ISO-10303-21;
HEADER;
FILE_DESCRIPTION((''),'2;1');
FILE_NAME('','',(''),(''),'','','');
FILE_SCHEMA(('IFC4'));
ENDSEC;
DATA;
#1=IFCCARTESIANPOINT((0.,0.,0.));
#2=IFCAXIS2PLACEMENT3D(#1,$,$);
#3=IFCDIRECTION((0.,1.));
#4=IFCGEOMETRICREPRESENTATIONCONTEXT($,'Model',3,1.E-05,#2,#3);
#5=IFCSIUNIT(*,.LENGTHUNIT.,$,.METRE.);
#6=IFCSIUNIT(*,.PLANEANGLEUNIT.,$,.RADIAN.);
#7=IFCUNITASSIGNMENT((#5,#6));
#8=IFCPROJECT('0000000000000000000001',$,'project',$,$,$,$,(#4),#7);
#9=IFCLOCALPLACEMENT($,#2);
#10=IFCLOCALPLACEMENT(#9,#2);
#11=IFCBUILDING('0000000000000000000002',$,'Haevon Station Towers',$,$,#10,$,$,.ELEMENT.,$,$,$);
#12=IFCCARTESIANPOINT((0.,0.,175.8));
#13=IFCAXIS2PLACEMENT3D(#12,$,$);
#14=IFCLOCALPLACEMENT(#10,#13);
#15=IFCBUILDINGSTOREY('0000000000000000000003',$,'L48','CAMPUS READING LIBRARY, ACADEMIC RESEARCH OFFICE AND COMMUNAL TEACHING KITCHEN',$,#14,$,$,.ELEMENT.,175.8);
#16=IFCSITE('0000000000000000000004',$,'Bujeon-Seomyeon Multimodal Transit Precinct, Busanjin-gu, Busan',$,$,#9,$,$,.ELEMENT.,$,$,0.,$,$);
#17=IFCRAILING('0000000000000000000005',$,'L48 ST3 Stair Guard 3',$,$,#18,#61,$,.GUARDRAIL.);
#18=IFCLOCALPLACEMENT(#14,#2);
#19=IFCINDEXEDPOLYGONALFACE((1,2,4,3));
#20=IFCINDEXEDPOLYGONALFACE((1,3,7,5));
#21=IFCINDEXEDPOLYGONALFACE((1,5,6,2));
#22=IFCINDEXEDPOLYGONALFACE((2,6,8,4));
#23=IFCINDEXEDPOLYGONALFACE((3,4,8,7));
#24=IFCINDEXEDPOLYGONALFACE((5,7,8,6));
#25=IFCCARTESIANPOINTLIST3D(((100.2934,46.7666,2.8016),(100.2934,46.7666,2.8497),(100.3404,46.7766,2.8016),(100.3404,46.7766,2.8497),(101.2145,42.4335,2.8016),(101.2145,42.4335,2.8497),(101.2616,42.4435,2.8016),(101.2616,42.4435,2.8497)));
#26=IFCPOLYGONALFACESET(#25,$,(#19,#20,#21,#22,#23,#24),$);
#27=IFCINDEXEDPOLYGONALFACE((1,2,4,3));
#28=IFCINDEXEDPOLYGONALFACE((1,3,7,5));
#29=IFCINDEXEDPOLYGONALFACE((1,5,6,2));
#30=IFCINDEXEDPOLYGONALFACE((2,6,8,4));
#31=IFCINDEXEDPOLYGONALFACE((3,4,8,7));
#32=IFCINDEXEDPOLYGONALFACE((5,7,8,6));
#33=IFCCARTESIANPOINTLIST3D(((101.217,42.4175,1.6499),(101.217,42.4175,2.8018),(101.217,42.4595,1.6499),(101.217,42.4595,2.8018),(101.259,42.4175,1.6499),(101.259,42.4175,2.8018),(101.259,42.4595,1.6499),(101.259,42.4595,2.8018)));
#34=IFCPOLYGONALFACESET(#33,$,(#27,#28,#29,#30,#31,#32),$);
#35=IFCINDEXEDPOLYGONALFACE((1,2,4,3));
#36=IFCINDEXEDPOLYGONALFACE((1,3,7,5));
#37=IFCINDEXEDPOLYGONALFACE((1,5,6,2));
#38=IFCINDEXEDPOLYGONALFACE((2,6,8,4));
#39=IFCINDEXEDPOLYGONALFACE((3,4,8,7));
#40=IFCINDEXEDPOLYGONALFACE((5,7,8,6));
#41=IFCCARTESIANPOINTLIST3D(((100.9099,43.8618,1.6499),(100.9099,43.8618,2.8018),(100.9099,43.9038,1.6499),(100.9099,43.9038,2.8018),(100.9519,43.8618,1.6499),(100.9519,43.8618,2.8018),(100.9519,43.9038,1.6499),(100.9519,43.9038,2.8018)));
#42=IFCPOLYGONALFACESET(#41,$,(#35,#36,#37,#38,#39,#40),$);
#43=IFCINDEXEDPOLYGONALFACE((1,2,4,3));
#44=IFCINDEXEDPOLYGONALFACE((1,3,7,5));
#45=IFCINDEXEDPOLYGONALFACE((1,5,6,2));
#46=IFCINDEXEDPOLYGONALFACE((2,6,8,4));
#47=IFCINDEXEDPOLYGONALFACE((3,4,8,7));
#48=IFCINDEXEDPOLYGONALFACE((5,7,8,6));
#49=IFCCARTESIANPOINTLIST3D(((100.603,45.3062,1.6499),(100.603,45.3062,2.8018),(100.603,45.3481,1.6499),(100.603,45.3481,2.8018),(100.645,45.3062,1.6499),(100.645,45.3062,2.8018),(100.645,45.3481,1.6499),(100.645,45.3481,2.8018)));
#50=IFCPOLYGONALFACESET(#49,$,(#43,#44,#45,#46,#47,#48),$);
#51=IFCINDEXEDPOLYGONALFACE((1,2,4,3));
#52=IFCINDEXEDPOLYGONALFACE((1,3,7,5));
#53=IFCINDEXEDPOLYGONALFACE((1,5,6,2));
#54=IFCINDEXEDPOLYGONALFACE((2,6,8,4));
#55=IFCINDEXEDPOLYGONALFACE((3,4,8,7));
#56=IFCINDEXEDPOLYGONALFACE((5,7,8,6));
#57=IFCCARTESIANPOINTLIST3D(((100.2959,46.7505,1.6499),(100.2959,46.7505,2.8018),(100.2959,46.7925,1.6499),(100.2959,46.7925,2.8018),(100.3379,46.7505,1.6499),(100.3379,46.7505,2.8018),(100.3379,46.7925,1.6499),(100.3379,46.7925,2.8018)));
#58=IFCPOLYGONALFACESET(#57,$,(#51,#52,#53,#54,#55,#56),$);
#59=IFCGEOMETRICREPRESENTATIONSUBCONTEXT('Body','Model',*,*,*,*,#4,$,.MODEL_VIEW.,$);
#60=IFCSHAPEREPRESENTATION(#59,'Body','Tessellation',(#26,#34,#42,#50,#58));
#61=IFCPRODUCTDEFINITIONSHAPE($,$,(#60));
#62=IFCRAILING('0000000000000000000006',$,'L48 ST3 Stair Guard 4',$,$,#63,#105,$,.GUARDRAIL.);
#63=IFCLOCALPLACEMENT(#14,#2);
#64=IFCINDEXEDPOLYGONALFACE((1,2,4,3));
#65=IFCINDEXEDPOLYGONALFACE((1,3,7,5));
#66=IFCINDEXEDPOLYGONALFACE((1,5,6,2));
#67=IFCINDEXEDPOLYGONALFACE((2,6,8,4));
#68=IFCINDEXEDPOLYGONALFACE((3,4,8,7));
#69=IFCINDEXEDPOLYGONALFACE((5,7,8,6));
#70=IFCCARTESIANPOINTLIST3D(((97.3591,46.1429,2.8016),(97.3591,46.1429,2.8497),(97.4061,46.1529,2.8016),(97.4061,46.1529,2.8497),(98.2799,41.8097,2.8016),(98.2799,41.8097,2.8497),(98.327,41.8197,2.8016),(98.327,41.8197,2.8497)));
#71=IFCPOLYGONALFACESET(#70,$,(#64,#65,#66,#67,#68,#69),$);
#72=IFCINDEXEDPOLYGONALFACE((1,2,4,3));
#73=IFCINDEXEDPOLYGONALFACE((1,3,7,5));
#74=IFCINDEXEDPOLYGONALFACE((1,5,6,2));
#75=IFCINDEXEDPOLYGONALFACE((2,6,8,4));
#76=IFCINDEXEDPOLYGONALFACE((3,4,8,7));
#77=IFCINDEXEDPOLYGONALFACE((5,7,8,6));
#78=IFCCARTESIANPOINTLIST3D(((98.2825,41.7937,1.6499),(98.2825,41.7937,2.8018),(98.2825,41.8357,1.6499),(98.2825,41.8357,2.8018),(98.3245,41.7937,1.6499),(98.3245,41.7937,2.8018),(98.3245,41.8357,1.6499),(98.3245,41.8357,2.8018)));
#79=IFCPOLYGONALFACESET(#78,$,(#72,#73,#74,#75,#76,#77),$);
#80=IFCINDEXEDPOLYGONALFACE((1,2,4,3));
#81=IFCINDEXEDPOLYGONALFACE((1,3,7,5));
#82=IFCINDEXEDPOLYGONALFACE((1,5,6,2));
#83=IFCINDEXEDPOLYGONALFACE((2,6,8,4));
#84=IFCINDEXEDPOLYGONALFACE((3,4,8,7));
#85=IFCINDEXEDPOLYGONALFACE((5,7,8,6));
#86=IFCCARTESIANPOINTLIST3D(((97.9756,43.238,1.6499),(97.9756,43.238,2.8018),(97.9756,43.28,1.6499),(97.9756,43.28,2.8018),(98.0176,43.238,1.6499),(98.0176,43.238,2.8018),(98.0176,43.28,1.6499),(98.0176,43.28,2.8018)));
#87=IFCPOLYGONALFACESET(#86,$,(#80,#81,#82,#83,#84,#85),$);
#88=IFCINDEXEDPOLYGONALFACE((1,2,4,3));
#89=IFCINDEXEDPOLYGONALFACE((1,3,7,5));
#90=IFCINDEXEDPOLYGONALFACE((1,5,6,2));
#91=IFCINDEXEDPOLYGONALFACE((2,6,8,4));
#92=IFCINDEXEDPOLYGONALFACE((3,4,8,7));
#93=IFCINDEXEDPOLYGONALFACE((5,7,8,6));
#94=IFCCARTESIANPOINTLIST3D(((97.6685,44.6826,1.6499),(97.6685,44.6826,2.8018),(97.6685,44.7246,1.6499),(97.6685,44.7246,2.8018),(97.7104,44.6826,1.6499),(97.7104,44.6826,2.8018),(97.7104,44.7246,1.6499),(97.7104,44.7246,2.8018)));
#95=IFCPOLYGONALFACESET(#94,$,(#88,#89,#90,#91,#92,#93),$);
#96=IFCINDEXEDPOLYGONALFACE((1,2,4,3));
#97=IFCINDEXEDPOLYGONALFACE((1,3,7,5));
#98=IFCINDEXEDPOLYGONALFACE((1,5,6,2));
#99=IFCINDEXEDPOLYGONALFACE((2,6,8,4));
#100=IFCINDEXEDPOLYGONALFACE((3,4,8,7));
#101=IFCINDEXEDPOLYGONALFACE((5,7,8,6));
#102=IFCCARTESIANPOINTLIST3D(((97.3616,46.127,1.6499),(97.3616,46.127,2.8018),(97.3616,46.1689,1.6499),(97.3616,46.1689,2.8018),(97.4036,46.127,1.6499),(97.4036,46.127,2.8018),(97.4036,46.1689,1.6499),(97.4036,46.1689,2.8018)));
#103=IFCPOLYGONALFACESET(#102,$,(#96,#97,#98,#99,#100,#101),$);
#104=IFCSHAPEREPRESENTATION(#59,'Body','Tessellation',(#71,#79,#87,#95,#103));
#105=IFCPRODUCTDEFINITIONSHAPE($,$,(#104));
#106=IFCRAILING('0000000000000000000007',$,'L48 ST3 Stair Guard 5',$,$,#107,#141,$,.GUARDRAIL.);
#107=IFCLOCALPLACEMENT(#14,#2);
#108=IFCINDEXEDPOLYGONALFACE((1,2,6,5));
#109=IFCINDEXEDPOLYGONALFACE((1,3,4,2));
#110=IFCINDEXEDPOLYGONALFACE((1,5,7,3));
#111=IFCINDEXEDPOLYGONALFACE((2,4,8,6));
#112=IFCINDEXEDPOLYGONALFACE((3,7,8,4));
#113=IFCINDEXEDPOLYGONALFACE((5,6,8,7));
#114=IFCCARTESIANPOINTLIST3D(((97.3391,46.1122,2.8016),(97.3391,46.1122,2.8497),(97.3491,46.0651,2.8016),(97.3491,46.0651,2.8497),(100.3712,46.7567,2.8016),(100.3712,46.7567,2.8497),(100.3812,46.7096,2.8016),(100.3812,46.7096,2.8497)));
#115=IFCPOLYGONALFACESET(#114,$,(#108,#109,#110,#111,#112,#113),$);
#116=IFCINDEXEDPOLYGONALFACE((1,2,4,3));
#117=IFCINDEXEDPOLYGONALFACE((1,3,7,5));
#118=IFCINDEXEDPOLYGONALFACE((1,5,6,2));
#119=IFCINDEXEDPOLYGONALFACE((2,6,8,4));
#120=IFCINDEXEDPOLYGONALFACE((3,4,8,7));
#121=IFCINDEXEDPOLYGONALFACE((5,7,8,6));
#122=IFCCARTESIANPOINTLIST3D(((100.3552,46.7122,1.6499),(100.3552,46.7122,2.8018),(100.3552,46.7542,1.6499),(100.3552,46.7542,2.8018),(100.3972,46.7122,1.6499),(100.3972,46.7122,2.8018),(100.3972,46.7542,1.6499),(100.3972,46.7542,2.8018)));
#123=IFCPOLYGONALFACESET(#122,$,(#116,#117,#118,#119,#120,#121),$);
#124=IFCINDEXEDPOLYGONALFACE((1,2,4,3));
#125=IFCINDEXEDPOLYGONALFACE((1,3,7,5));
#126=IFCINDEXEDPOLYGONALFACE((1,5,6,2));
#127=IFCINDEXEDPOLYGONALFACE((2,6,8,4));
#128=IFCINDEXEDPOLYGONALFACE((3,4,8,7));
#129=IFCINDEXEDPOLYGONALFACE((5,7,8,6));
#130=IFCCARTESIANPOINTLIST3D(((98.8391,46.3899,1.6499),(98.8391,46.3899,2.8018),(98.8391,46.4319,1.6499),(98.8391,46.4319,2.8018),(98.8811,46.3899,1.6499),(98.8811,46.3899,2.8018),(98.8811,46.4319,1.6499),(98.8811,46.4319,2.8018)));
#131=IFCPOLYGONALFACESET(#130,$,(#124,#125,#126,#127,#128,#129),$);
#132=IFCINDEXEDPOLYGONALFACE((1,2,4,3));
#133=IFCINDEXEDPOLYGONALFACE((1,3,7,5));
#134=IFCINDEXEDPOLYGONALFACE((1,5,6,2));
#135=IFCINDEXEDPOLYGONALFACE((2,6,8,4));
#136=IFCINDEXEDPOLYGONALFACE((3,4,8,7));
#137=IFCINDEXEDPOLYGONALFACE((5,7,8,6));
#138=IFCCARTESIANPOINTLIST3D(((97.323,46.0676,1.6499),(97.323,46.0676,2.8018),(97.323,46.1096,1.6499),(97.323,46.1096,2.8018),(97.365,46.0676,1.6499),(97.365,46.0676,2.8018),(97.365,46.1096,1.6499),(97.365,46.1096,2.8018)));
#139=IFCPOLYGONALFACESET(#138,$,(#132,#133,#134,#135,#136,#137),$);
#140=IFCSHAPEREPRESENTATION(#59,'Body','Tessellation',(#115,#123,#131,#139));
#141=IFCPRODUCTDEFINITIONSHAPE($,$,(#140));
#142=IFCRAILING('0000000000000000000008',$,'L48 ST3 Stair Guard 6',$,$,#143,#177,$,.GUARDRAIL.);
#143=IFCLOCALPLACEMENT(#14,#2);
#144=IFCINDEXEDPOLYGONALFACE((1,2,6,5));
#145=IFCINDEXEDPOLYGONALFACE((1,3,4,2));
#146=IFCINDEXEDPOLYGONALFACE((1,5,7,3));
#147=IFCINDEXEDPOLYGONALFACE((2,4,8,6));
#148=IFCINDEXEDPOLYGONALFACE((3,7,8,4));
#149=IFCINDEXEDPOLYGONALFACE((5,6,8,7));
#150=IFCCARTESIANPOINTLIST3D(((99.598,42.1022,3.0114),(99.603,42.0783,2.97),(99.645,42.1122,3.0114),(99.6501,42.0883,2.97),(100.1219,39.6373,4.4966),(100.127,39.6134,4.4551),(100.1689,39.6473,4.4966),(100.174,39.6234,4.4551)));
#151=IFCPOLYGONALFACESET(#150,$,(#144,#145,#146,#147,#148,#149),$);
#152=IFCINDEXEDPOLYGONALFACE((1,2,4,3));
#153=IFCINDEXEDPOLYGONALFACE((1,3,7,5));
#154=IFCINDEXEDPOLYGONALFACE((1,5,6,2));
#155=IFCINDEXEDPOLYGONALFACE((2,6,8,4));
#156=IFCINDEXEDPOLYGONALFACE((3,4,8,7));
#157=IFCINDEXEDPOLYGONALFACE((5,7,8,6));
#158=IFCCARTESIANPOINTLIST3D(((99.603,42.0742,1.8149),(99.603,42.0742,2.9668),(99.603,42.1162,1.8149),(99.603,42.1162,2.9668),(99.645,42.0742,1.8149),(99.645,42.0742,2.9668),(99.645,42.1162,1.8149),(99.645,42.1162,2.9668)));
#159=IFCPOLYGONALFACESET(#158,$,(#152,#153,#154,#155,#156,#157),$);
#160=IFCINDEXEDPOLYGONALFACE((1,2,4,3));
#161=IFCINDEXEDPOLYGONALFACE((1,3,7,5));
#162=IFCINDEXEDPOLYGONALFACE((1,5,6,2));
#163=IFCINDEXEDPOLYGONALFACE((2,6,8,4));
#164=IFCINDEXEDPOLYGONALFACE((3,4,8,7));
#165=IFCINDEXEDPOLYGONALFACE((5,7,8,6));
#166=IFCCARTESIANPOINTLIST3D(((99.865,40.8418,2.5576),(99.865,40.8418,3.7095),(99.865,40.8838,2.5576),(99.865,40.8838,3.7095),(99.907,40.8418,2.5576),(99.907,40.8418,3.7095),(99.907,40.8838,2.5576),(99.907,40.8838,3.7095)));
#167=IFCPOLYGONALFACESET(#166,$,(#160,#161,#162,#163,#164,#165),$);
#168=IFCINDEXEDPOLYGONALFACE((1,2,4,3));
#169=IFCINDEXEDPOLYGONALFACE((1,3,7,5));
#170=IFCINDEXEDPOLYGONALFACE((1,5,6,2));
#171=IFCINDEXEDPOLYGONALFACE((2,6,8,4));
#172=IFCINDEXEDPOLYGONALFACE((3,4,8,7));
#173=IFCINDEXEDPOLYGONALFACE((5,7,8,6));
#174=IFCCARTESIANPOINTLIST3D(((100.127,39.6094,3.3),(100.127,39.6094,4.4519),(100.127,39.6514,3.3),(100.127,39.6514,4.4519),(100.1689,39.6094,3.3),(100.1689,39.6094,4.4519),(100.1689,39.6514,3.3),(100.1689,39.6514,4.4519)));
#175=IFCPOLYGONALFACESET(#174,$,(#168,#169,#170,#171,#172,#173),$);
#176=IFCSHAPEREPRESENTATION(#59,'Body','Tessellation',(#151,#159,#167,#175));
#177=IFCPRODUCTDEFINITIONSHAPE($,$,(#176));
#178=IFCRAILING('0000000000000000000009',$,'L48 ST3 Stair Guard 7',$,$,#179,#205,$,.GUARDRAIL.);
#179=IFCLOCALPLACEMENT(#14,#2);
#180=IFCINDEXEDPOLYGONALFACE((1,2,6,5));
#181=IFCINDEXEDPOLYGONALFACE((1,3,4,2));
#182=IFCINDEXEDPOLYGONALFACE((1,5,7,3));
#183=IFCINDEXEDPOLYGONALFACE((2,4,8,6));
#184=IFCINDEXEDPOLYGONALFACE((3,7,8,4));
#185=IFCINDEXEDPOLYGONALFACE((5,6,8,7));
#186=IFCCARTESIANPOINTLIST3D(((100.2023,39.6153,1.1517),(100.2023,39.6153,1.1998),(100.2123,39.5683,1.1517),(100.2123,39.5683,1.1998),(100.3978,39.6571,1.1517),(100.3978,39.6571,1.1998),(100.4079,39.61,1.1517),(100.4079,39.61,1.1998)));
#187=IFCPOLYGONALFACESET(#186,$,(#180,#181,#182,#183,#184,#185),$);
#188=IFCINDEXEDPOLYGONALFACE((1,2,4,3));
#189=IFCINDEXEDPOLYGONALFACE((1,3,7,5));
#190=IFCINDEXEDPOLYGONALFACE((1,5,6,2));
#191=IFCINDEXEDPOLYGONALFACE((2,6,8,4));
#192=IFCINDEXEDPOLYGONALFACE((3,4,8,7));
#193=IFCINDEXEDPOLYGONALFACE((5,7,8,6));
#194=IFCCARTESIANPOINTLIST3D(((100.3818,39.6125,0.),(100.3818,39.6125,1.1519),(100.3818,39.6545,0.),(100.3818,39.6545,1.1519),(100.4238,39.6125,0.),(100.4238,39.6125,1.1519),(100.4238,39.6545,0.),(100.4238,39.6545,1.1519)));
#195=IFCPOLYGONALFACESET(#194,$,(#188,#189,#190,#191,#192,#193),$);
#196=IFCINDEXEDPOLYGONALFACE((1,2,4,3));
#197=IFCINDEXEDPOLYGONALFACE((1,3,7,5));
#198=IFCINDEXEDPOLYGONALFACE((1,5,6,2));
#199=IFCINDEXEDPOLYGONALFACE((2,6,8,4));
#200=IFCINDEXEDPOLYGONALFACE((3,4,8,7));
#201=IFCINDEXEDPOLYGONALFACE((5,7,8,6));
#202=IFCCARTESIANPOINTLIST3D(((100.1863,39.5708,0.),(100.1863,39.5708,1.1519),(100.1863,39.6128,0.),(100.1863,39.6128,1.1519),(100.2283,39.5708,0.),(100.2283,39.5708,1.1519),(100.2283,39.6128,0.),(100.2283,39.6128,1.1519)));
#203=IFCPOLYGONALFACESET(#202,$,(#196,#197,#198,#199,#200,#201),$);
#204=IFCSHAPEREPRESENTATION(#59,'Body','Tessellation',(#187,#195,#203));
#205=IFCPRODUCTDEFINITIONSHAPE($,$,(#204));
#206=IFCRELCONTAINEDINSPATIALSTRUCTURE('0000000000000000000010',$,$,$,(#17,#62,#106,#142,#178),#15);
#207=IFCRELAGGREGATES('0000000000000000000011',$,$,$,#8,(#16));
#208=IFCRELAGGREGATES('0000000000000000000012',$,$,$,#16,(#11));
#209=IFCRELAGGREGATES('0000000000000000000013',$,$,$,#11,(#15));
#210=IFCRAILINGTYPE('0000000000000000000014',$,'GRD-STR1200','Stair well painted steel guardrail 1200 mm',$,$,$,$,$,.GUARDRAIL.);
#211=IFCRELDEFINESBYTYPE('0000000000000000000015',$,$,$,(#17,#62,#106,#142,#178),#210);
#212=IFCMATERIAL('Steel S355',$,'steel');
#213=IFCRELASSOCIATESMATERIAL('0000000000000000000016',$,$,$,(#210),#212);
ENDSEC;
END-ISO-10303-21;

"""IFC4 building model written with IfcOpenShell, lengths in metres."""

from ifc_helpers import new_model, si_unit, direction, frame, origin, origin_2d, place, context, subcontext, project, spatial, rectangle, extrude, material, type_object, element, save


model = new_model("IFC4")

# Units and contexts
model_context = context("Model", 3, precision=1e-05, world=origin(), true_north=direction((0.0, 1.0)))
body_context = subcontext(model_context, "Body", "Model", "MODEL_VIEW")
ifc_project = project(units=[si_unit("LENGTHUNIT", "METRE"), si_unit("PLANEANGLEUNIT", "RADIAN")], contexts=[model_context])

# Site, building, storey
site_placement = place(None, origin())
site = spatial("IfcSite", under=ifc_project, at=site_placement, Name="Bujeon-Seomyeon Multimodal Transit Precinct, Busanjin-gu, Busan", CompositionType="ELEMENT", RefElevation=0.0)
building_placement = place(site_placement, origin())
building = spatial("IfcBuilding", under=site, at=building_placement, Name="Haevon Station Towers", CompositionType="ELEMENT")
storey_placement = place(building_placement, frame((0.0, 0.0, 175.8)))
storey = spatial("IfcBuildingStorey", under=building, at=storey_placement, Name="L48", Description="CAMPUS READING LIBRARY, ACADEMIC RESEARCH OFFICE AND COMMUNAL TEACHING KITCHEN", CompositionType="ELEMENT", Elevation=175.8)

# Shared definitions
ifc_material_1 = material(Name="Steel S355", Category="steel")

# Railings
railing_type_1 = type_object("IfcRailingType", Name="GRD-STR1200", Description="Stair well painted steel guardrail 1200 mm", PredefinedType="GUARDRAIL", material=ifc_material_1)
railing_1_placement = place(storey_placement, frame((101.238, 42.4385, 1.6499)))
element("IfcRailing", 1, at=railing_1_placement, inside=storey, type_object=railing_type_1, Name="L48 ST3 Stair Guard 3", PredefinedType="GUARDRAIL", context=body_context, shape_type="SweptSolid", body=[
    extrude(rectangle(XDim=0.0481, YDim=0.0481, at=origin_2d()), frame((0.0, 0.0, 1.1758), z_axis=(-0.20794, 0.978141, 0.0), x_axis=(-0.978141, -0.20794, 0.0)), (0.0, 0.0, 1.0), 4.4299),
    extrude(rectangle(XDim=0.042, YDim=0.042, at=origin_2d()), origin(), (0.0, 0.0, 1.0), 1.1519),
    extrude(rectangle(XDim=0.042, YDim=0.042, at=origin_2d()), frame((-0.3071, 1.4443, 0.0)), (0.0, 0.0, 1.0), 1.1519),
    extrude(rectangle(XDim=0.042, YDim=0.042, at=origin_2d()), frame((-0.614, 2.8887, 0.0)), (0.0, 0.0, 1.0), 1.1519),
    extrude(rectangle(XDim=0.042, YDim=0.042, at=origin_2d()), frame((-0.9211, 4.333, 0.0)), (0.0, 0.0, 1.0), 1.1519),
])
railing_2_placement = place(storey_placement, frame((98.3035, 41.8147, 1.6499)))
element("IfcRailing", 2, at=railing_2_placement, inside=storey, type_object=railing_type_1, Name="L48 ST3 Stair Guard 4", PredefinedType="GUARDRAIL", context=body_context, shape_type="SweptSolid", body=[
    extrude(rectangle(XDim=0.0481, YDim=0.0481, at=origin_2d()), frame((0.0, 0.0, 1.1758), z_axis=(-0.207877, 0.978155, 0.0), x_axis=(-0.978155, -0.207877, 0.0)), (0.0, 0.0, 1.0), 4.4299),
    extrude(rectangle(XDim=0.042, YDim=0.042, at=origin_2d()), origin(), (0.0, 0.0, 1.0), 1.1519),
    extrude(rectangle(XDim=0.042, YDim=0.042, at=origin_2d()), frame((-0.3069, 1.4443, 0.0)), (0.0, 0.0, 1.0), 1.1519),
    extrude(rectangle(XDim=0.042, YDim=0.042, at=origin_2d()), frame((-0.614, 2.8889, 0.0)), (0.0, 0.0, 1.0), 1.1519),
    extrude(rectangle(XDim=0.042, YDim=0.042, at=origin_2d()), frame((-0.9209, 4.3333, 0.0)), (0.0, 0.0, 1.0), 1.1519),
])
railing_3_placement = place(storey_placement, frame((100.3762, 46.7332, 1.6499)))
element("IfcRailing", 3, at=railing_3_placement, inside=storey, type_object=railing_type_1, Name="L48 ST3 Stair Guard 5", PredefinedType="GUARDRAIL", context=body_context, shape_type="SweptSolid", body=[
    extrude(rectangle(XDim=0.0481, YDim=0.0481, at=origin_2d()), frame((0.0, 0.0, 1.1758), z_axis=(-0.978147, -0.207915, 0.0), x_axis=(0.207915, -0.978147, 0.0)), (0.0, 0.0, 1.0), 3.0999),
    extrude(rectangle(XDim=0.042, YDim=0.042, at=origin_2d()), origin(), (0.0, 0.0, 1.0), 1.1519),
    extrude(rectangle(XDim=0.042, YDim=0.042, at=origin_2d()), frame((-1.5161, -0.3223, 0.0)), (0.0, 0.0, 1.0), 1.1519),
    extrude(rectangle(XDim=0.042, YDim=0.042, at=origin_2d()), frame((-3.0322, -0.6445, 0.0)), (0.0, 0.0, 1.0), 1.1519),
])
railing_4_placement = place(storey_placement, frame((99.624, 42.0952, 1.8149)))
element("IfcRailing", 4, at=railing_4_placement, inside=storey, type_object=railing_type_1, Name="L48 ST3 Stair Guard 6", PredefinedType="GUARDRAIL", context=body_context, shape_type="SweptSolid", body=[
    extrude(rectangle(XDim=0.0481, YDim=0.0481, at=origin_2d()), frame((0.0, 0.0, 1.1758), z_axis=(0.179121, -0.842688, 0.507733), x_axis=(0.978147, 0.207914, 0.0)), (0.0, 0.0, 1.0), 2.925),
    extrude(rectangle(XDim=0.042, YDim=0.042, at=origin_2d()), origin(), (0.0, 0.0, 1.0), 1.1519),
    extrude(rectangle(XDim=0.042, YDim=0.042, at=origin_2d()), frame((0.262, -1.2324, 0.7427)), (0.0, 0.0, 1.0), 1.1519),
    extrude(rectangle(XDim=0.042, YDim=0.042, at=origin_2d()), frame((0.5239, -2.4648, 1.4851)), (0.0, 0.0, 1.0), 1.1519),
])
railing_5_placement = place(storey_placement, frame((100.4028, 39.6335, 0.0)))
element("IfcRailing", 5, at=railing_5_placement, inside=storey, type_object=railing_type_1, Name="L48 ST3 Stair Guard 7", PredefinedType="GUARDRAIL", context=body_context, shape_type="SweptSolid", body=[
    extrude(rectangle(XDim=0.0481, YDim=0.0481, at=origin_2d()), frame((0.0, 0.0, 1.1758), z_axis=(-0.977963, -0.208779, 0.0), x_axis=(0.208779, -0.977963, 0.0)), (0.0, 0.0, 1.0), 0.2),
    extrude(rectangle(XDim=0.042, YDim=0.042, at=origin_2d()), origin(), (0.0, 0.0, 1.0), 1.1519),
    extrude(rectangle(XDim=0.042, YDim=0.042, at=origin_2d()), frame((-0.1956, -0.0417, 0.0)), (0.0, 0.0, 1.0), 1.1519),
])

save(model, "model.ifc")
